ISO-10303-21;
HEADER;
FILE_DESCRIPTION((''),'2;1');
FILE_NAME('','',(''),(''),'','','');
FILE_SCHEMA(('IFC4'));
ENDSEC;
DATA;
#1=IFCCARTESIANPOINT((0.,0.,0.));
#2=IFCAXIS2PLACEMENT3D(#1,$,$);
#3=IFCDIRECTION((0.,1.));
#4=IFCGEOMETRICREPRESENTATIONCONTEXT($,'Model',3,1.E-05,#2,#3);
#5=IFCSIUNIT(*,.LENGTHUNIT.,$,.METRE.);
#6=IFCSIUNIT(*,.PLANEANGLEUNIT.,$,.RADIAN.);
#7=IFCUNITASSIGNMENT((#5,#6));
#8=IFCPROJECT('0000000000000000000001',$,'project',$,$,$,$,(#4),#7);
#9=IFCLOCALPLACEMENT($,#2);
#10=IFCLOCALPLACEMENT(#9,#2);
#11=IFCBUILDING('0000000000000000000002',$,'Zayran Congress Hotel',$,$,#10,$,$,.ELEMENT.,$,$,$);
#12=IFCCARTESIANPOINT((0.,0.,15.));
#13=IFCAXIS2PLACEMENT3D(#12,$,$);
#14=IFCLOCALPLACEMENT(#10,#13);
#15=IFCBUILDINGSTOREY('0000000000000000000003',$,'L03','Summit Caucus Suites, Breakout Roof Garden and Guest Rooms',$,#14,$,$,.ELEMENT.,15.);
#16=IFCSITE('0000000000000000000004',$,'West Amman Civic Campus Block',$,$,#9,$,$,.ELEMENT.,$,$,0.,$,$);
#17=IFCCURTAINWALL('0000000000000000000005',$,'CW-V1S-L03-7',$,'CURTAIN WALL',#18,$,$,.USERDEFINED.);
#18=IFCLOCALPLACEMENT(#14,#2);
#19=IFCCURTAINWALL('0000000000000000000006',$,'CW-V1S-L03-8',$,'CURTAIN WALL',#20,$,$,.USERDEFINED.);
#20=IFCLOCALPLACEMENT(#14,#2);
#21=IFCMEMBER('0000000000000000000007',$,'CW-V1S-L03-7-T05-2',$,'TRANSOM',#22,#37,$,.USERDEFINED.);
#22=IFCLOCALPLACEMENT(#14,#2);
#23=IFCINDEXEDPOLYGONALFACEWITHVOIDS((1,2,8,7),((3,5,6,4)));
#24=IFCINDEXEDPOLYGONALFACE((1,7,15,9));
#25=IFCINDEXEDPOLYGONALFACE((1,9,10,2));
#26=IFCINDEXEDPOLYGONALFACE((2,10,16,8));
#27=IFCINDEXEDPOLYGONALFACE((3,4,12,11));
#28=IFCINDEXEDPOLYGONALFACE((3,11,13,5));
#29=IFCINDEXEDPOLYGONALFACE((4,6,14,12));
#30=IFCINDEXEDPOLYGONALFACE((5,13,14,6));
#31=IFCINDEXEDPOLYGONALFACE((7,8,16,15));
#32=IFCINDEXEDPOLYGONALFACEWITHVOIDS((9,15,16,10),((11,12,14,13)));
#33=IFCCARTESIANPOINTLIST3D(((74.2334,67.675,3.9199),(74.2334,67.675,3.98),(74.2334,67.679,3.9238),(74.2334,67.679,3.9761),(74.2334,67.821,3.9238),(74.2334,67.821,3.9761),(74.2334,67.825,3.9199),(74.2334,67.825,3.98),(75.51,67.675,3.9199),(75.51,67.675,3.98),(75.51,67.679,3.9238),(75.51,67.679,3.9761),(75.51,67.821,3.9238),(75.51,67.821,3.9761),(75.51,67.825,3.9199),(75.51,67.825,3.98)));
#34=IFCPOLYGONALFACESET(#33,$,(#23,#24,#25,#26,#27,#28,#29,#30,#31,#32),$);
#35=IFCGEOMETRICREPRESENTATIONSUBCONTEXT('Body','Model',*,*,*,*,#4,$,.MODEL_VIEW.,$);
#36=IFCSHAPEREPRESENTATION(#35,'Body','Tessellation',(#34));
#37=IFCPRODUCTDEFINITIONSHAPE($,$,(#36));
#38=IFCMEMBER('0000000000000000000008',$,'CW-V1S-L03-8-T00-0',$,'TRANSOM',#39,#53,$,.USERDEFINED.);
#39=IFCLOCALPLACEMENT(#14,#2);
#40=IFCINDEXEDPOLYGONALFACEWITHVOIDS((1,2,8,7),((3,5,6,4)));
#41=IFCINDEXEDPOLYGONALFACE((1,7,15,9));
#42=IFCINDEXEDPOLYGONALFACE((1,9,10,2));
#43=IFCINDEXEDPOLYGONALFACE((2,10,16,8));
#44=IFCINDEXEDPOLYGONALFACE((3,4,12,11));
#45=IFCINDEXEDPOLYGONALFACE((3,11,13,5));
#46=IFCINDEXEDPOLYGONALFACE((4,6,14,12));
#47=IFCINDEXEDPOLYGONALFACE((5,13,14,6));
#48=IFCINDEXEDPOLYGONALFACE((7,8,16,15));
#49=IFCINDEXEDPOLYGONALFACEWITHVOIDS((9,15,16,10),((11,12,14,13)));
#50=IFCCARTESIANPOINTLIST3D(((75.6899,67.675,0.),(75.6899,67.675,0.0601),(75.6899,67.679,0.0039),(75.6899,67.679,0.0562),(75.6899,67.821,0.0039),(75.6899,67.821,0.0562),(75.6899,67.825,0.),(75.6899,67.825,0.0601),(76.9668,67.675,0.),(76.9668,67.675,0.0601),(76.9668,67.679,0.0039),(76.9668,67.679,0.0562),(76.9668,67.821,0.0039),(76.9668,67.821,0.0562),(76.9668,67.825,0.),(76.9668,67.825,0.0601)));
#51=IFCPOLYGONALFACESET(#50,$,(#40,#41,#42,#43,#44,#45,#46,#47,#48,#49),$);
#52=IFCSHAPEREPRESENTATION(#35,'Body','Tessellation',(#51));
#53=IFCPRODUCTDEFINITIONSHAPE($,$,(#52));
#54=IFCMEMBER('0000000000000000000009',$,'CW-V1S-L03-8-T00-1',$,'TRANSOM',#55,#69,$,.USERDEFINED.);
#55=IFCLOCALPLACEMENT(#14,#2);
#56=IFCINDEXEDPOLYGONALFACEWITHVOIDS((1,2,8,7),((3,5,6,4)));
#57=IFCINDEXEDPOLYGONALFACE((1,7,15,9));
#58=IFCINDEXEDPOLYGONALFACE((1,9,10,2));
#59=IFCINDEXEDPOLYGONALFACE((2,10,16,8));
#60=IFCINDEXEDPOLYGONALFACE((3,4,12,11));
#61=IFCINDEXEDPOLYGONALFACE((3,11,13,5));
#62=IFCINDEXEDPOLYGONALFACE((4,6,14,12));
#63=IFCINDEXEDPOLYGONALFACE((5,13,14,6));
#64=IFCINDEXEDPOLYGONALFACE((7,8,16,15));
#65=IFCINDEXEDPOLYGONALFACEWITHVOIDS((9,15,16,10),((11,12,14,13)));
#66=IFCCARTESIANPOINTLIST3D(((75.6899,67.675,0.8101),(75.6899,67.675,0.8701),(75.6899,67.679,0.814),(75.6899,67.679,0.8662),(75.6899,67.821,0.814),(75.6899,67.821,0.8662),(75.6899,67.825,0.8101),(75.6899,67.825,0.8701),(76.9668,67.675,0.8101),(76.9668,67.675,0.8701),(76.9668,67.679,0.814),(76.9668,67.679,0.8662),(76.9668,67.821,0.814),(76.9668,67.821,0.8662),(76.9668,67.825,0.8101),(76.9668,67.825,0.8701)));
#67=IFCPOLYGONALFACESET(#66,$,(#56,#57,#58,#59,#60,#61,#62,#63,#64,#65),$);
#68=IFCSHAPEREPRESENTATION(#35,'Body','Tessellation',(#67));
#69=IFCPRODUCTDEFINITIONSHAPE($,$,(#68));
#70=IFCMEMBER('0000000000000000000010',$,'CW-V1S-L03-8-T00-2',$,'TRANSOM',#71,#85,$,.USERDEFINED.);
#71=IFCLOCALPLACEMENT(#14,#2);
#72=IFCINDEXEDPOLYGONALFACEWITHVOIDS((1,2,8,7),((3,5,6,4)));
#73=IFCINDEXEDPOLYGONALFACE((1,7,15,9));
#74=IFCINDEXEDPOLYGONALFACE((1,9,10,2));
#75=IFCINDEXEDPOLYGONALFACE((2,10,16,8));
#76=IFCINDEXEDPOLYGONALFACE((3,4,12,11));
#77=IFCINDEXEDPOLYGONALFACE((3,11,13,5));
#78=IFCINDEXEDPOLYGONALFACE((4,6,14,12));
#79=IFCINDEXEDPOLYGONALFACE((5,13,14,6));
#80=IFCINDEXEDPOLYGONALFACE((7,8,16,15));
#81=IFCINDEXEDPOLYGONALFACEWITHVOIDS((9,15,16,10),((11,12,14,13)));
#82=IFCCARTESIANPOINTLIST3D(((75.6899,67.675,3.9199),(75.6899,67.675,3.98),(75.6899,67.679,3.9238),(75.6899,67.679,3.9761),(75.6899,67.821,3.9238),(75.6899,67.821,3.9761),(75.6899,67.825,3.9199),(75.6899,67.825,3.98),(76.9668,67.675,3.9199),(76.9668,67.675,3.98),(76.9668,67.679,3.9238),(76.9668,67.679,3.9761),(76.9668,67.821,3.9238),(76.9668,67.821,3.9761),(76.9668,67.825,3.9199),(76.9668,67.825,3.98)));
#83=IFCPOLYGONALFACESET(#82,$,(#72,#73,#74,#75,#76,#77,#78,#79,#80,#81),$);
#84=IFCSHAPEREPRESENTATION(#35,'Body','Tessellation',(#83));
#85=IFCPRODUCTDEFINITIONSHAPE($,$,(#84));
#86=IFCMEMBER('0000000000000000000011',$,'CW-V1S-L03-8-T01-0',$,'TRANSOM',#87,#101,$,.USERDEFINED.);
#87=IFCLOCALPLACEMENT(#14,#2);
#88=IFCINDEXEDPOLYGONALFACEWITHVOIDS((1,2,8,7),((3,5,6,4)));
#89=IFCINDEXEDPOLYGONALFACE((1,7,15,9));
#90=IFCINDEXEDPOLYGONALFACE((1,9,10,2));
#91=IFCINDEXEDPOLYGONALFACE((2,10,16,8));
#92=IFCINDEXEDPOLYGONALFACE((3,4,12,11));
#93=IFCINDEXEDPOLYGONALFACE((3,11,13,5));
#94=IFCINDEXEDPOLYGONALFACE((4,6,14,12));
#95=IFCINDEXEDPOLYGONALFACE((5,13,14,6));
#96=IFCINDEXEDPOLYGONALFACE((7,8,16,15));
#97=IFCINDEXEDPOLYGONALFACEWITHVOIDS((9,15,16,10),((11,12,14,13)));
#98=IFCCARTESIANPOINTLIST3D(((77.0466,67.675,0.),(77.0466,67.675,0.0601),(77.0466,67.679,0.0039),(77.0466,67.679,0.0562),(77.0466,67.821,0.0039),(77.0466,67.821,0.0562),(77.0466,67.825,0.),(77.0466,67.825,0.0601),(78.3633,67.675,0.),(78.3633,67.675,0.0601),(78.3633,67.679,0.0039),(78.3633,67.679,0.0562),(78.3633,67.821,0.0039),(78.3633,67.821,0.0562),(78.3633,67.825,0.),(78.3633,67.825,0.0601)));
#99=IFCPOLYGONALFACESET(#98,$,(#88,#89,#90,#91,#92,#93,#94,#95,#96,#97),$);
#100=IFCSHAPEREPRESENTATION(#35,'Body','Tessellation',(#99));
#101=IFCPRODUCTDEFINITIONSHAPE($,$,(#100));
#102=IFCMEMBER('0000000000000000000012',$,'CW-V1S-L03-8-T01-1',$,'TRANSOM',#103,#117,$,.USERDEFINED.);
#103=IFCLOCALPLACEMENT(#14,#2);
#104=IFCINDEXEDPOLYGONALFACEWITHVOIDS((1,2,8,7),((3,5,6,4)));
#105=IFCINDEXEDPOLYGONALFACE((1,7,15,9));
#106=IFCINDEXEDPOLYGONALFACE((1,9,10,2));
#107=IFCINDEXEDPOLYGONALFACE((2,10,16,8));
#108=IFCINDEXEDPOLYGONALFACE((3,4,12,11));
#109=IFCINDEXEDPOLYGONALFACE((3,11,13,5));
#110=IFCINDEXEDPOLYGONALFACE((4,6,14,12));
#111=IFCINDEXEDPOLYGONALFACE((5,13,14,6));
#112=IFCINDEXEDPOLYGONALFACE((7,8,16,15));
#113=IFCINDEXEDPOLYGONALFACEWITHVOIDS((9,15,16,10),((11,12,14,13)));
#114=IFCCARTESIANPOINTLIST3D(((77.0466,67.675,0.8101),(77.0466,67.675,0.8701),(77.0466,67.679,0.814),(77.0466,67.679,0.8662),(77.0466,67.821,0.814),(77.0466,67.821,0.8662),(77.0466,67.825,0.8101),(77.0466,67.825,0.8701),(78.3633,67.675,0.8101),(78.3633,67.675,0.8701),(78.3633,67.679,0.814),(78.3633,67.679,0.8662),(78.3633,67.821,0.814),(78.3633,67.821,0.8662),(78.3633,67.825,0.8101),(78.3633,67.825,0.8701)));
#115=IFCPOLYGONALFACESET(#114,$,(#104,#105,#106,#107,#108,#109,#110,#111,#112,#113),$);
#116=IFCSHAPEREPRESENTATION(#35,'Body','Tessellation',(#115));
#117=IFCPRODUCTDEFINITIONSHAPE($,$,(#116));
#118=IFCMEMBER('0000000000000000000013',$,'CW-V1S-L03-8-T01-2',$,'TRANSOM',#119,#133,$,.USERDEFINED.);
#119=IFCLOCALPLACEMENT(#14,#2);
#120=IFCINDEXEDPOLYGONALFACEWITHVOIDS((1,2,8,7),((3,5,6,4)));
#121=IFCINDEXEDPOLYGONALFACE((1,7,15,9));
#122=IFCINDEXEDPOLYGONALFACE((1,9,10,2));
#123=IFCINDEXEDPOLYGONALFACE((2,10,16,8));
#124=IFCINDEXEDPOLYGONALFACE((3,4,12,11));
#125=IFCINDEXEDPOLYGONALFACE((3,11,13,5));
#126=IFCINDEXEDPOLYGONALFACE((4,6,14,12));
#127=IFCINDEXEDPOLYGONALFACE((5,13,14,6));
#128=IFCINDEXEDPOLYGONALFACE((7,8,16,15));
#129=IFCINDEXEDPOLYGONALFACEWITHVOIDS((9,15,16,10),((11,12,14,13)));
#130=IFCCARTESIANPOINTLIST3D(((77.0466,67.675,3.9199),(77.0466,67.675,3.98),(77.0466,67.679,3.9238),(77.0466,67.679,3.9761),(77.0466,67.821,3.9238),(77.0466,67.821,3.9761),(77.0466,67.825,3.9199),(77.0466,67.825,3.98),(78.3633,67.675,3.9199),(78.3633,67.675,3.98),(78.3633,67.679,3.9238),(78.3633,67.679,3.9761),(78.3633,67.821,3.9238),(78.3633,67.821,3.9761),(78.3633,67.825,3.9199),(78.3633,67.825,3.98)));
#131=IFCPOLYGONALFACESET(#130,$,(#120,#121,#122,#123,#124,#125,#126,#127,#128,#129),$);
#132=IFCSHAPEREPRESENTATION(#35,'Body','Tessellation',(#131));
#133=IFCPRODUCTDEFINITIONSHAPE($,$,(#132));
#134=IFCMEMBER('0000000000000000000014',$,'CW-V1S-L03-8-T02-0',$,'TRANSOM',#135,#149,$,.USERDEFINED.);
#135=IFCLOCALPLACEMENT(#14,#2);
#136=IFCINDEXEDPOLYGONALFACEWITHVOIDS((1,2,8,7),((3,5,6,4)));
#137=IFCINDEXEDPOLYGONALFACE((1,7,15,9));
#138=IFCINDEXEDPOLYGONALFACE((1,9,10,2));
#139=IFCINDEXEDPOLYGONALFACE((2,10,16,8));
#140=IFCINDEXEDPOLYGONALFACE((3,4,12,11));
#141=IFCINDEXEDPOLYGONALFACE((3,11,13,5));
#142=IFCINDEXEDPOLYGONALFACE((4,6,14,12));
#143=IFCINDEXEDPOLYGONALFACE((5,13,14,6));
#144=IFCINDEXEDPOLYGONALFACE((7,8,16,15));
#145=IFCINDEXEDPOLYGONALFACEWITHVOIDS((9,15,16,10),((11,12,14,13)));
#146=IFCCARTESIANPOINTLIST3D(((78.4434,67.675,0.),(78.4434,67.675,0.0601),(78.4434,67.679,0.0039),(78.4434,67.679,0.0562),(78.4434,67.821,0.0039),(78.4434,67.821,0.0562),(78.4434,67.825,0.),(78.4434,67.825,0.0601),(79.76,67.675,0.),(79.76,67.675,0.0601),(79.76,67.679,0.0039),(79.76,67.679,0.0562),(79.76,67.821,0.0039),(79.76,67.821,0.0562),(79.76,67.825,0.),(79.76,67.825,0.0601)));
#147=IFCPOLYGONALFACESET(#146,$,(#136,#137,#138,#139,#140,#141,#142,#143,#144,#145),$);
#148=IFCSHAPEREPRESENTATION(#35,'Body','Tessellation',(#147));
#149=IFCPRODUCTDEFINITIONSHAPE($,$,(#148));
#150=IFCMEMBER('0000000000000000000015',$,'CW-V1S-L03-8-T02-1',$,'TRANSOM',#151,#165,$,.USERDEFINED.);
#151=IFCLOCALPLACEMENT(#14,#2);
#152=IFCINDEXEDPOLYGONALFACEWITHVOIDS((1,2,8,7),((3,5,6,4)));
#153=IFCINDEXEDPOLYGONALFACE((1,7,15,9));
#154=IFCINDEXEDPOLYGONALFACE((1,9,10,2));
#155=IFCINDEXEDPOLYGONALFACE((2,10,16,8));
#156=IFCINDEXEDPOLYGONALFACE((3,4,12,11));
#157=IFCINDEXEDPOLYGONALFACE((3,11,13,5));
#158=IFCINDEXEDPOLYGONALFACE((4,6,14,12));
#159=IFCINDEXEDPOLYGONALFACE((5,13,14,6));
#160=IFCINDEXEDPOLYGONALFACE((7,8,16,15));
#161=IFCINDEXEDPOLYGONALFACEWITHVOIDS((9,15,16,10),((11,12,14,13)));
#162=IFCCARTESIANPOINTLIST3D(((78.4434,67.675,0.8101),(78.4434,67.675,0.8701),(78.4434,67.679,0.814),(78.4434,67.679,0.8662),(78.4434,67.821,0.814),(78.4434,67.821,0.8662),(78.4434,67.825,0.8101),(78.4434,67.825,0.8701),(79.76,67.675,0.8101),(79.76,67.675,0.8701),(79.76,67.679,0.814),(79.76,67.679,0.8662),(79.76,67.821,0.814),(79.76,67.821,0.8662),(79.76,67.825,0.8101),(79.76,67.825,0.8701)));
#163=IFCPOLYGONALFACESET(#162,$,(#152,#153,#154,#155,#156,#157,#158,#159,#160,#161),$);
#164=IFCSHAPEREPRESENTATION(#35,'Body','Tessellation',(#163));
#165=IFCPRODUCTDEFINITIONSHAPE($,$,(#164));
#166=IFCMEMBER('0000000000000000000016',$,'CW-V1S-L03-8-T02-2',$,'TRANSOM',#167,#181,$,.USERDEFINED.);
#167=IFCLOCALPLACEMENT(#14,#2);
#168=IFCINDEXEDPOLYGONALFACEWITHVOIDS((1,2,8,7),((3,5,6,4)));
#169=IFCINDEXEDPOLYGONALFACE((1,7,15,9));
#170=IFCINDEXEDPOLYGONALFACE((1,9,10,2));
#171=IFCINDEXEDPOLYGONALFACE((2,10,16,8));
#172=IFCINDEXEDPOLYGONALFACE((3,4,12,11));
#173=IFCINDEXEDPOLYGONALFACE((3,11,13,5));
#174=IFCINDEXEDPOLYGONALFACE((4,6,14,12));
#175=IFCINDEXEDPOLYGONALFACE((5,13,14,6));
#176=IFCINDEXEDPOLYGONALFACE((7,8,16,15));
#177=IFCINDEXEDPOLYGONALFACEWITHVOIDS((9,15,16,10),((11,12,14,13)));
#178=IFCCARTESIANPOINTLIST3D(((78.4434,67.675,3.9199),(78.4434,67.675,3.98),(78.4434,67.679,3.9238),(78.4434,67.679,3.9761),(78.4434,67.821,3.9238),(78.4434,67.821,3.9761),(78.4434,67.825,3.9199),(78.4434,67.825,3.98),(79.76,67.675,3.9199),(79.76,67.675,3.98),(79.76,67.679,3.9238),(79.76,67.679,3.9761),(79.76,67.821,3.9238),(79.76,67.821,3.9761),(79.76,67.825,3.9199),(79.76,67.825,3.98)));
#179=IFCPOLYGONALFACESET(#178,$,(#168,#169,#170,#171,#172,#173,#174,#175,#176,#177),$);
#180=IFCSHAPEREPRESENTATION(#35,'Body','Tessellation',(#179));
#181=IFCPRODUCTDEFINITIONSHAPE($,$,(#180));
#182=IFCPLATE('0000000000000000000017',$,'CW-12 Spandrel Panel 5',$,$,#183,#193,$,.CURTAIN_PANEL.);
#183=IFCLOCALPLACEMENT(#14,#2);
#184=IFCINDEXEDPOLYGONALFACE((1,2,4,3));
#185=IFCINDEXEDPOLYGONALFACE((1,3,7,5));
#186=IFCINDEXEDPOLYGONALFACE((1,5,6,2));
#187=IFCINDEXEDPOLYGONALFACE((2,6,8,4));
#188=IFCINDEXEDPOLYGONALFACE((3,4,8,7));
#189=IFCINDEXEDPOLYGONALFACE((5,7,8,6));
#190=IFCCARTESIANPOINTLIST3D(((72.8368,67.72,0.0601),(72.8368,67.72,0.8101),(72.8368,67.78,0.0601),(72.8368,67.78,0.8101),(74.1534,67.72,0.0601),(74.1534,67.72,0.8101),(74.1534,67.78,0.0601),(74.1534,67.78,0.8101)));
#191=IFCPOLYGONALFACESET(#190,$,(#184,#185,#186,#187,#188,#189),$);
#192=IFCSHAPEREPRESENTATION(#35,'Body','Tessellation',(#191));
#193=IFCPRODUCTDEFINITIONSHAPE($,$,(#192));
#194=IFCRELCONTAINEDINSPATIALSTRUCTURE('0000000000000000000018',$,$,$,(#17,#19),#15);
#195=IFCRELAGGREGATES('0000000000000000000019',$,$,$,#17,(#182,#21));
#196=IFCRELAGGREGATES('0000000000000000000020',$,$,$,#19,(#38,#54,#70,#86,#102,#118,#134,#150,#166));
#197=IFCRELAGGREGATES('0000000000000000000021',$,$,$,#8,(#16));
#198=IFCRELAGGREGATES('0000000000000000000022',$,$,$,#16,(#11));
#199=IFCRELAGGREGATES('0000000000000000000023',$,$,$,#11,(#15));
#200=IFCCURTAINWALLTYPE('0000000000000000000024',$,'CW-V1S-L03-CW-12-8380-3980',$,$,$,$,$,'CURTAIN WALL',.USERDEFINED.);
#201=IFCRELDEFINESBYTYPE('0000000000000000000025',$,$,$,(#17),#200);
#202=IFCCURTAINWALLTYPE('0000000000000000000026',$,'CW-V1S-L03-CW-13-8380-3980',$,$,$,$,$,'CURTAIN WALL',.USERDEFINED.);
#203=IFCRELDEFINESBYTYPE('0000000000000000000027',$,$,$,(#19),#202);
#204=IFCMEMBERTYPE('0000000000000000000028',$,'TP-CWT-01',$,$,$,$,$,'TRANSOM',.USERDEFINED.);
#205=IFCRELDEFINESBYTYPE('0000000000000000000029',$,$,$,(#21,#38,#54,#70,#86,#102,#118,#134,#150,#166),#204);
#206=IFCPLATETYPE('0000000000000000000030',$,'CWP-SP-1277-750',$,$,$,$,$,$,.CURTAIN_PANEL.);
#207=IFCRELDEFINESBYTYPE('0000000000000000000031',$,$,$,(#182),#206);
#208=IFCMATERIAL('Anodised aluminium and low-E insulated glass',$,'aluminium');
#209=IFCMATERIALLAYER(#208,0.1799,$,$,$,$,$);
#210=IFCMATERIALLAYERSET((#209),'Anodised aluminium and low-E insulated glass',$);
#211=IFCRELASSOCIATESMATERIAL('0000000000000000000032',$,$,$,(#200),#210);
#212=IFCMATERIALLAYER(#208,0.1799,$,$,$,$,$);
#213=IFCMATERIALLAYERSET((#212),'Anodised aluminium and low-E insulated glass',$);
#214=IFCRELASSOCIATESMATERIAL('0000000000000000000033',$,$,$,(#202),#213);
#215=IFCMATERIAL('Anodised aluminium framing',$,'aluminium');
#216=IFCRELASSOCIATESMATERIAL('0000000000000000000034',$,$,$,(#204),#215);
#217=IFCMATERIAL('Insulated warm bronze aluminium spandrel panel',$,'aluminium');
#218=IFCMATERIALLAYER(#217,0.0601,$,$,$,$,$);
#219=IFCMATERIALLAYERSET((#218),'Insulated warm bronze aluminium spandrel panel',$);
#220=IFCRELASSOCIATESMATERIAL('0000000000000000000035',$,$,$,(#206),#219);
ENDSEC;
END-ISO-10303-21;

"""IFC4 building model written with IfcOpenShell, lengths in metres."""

from ifc_helpers import new_model, si_unit, direction, frame, origin, origin_2d, place, context, subcontext, project, spatial, rectangle, hollow_rectangle, extrude, material, layer, layer_set, material_profile, profile_set, type_object, element, aggregate, save


model = new_model("IFC4")

# Units and contexts
model_context = context("Model", 3, precision=1e-05, world=origin(), true_north=direction((0.0, 1.0)))
body_context = subcontext(model_context, "Body", "Model", "MODEL_VIEW")
ifc_project = project(units=[si_unit("LENGTHUNIT", "METRE"), si_unit("PLANEANGLEUNIT", "RADIAN")], contexts=[model_context])

# Site, building, storey
site_placement = place(None, origin())
site = spatial("IfcSite", under=ifc_project, at=site_placement, Name="West Amman Civic Campus Block", CompositionType="ELEMENT", RefElevation=0.0)
building_placement = place(site_placement, origin())
building = spatial("IfcBuilding", under=site, at=building_placement, Name="Zayran Congress Hotel", CompositionType="ELEMENT")
storey_placement = place(building_placement, frame((0.0, 0.0, 15.0)))
storey = spatial("IfcBuildingStorey", under=building, at=storey_placement, Name="L03", Description="Summit Caucus Suites, Breakout Roof Garden and Guest Rooms", CompositionType="ELEMENT", Elevation=15.0)

# Curtain walls
ifc_material_1 = material(Name="Anodised aluminium and low-E insulated glass", Category="aluminium")
ifc_layer_1 = layer(ifc_material_1, 0.1799)
ifc_layer_set_1 = layer_set([ifc_layer_1], Name="Anodised aluminium and low-E insulated glass")
curtain_wall_type_1 = type_object("IfcCurtainWallType", Name="CW-V1S-L03-CW-12-8380-3980", ElementType="CURTAIN WALL", PredefinedType="USERDEFINED", material=ifc_layer_set_1)
curtain_wall_1_placement = place(storey_placement, origin())
curtain_wall_1 = element("IfcCurtainWall", 1, at=curtain_wall_1_placement, inside=storey, type_object=curtain_wall_type_1, Name="CW-V1S-L03-7", ObjectType="CURTAIN WALL", PredefinedType="USERDEFINED")
ifc_material_2 = material(Name="Anodised aluminium framing", Category="aluminium")
ifc_layer_2 = layer(ifc_material_1, 0.1799)
ifc_layer_set_2 = layer_set([ifc_layer_2], Name="Anodised aluminium and low-E insulated glass")
curtain_wall_type_2 = type_object("IfcCurtainWallType", Name="CW-V1S-L03-CW-13-8380-3980", ElementType="CURTAIN WALL", PredefinedType="USERDEFINED", material=ifc_layer_set_2)
curtain_wall_2_placement = place(storey_placement, origin())
curtain_wall_2 = element("IfcCurtainWall", 2, at=curtain_wall_2_placement, inside=storey, type_object=curtain_wall_type_2, Name="CW-V1S-L03-8", ObjectType="CURTAIN WALL", PredefinedType="USERDEFINED")

# Members
ifc_material_profile_1 = material_profile(ifc_material_2, hollow_rectangle(XDim=0.0601, YDim=0.1499, WallThickness=0.0039, at=origin_2d()), Name="RHS 150x60x4")
ifc_profile_set_1 = profile_set([ifc_material_profile_1], Name="Anodised aluminium framing")
member_type_1 = type_object("IfcMemberType", Name="TP-CWT-01", ElementType="TRANSOM", PredefinedType="USERDEFINED", material=ifc_profile_set_1)
member_1_placement = place(storey_placement, frame((74.2334, 67.75, 3.95), z_axis=(1.0, 0.0, 0.0), x_axis=(0.0, 0.0, 1.0)))
member_1 = element("IfcMember", 3, at=member_1_placement, type_object=member_type_1, Name="CW-V1S-L03-7-T05-2", ObjectType="TRANSOM", PredefinedType="USERDEFINED", context=body_context, shape_type="SweptSolid", body=[
    extrude(hollow_rectangle(XDim=0.0601, YDim=0.1499, WallThickness=0.0039, at=origin_2d()), origin(), (0.0, 0.0, 1.0), 1.2766),
])
member_2_placement = place(storey_placement, frame((75.6899, 67.75, 0.03), z_axis=(1.0, 0.0, 0.0), x_axis=(0.0, 0.0, 1.0)))
member_2 = element("IfcMember", 4, at=member_2_placement, type_object=member_type_1, Name="CW-V1S-L03-8-T00-0", ObjectType="TRANSOM", PredefinedType="USERDEFINED", context=body_context, shape_type="SweptSolid", body=[
    extrude(hollow_rectangle(XDim=0.0601, YDim=0.1499, WallThickness=0.0039, at=origin_2d()), origin(), (0.0, 0.0, 1.0), 1.2769),
])
member_3_placement = place(storey_placement, frame((75.6899, 67.75, 0.8401), z_axis=(1.0, 0.0, 0.0), x_axis=(0.0, 0.0, 1.0)))
member_3 = element("IfcMember", 5, at=member_3_placement, type_object=member_type_1, Name="CW-V1S-L03-8-T00-1", ObjectType="TRANSOM", PredefinedType="USERDEFINED", context=body_context, shape_type="SweptSolid", body=[
    extrude(hollow_rectangle(XDim=0.0601, YDim=0.1499, WallThickness=0.0039, at=origin_2d()), origin(), (0.0, 0.0, 1.0), 1.2769),
])
member_4_placement = place(storey_placement, frame((75.6899, 67.75, 3.95), z_axis=(1.0, 0.0, 0.0), x_axis=(0.0, 0.0, 1.0)))
member_4 = element("IfcMember", 6, at=member_4_placement, type_object=member_type_1, Name="CW-V1S-L03-8-T00-2", ObjectType="TRANSOM", PredefinedType="USERDEFINED", context=body_context, shape_type="SweptSolid", body=[
    extrude(hollow_rectangle(XDim=0.0601, YDim=0.1499, WallThickness=0.0039, at=origin_2d()), origin(), (0.0, 0.0, 1.0), 1.2769),
])
member_5_placement = place(storey_placement, frame((77.0466, 67.75, 0.03), z_axis=(1.0, 0.0, 0.0), x_axis=(0.0, 0.0, 1.0)))
member_5 = element("IfcMember", 7, at=member_5_placement, type_object=member_type_1, Name="CW-V1S-L03-8-T01-0", ObjectType="TRANSOM", PredefinedType="USERDEFINED", context=body_context, shape_type="SweptSolid", body=[
    extrude(hollow_rectangle(XDim=0.0601, YDim=0.1499, WallThickness=0.0039, at=origin_2d()), origin(), (0.0, 0.0, 1.0), 1.3167),
])
member_6_placement = place(storey_placement, frame((77.0466, 67.75, 0.8401), z_axis=(1.0, 0.0, 0.0), x_axis=(0.0, 0.0, 1.0)))
member_6 = element("IfcMember", 8, at=member_6_placement, type_object=member_type_1, Name="CW-V1S-L03-8-T01-1", ObjectType="TRANSOM", PredefinedType="USERDEFINED", context=body_context, shape_type="SweptSolid", body=[
    extrude(hollow_rectangle(XDim=0.0601, YDim=0.1499, WallThickness=0.0039, at=origin_2d()), origin(), (0.0, 0.0, 1.0), 1.3167),
])
member_7_placement = place(storey_placement, frame((77.0466, 67.75, 3.95), z_axis=(1.0, 0.0, 0.0), x_axis=(0.0, 0.0, 1.0)))
member_7 = element("IfcMember", 9, at=member_7_placement, type_object=member_type_1, Name="CW-V1S-L03-8-T01-2", ObjectType="TRANSOM", PredefinedType="USERDEFINED", context=body_context, shape_type="SweptSolid", body=[
    extrude(hollow_rectangle(XDim=0.0601, YDim=0.1499, WallThickness=0.0039, at=origin_2d()), origin(), (0.0, 0.0, 1.0), 1.3167),
])
member_8_placement = place(storey_placement, frame((78.4434, 67.75, 0.03), z_axis=(1.0, 0.0, 0.0), x_axis=(0.0, 0.0, 1.0)))
member_8 = element("IfcMember", 10, at=member_8_placement, type_object=member_type_1, Name="CW-V1S-L03-8-T02-0", ObjectType="TRANSOM", PredefinedType="USERDEFINED", context=body_context, shape_type="SweptSolid", body=[
    extrude(hollow_rectangle(XDim=0.0601, YDim=0.1499, WallThickness=0.0039, at=origin_2d()), origin(), (0.0, 0.0, 1.0), 1.3167),
])
member_9_placement = place(storey_placement, frame((78.4434, 67.75, 0.8401), z_axis=(1.0, 0.0, 0.0), x_axis=(0.0, 0.0, 1.0)))
member_9 = element("IfcMember", 11, at=member_9_placement, type_object=member_type_1, Name="CW-V1S-L03-8-T02-1", ObjectType="TRANSOM", PredefinedType="USERDEFINED", context=body_context, shape_type="SweptSolid", body=[
    extrude(hollow_rectangle(XDim=0.0601, YDim=0.1499, WallThickness=0.0039, at=origin_2d()), origin(), (0.0, 0.0, 1.0), 1.3167),
])
member_10_placement = place(storey_placement, frame((78.4434, 67.75, 3.95), z_axis=(1.0, 0.0, 0.0), x_axis=(0.0, 0.0, 1.0)))
member_10 = element("IfcMember", 12, at=member_10_placement, type_object=member_type_1, Name="CW-V1S-L03-8-T02-2", ObjectType="TRANSOM", PredefinedType="USERDEFINED", context=body_context, shape_type="SweptSolid", body=[
    extrude(hollow_rectangle(XDim=0.0601, YDim=0.1499, WallThickness=0.0039, at=origin_2d()), origin(), (0.0, 0.0, 1.0), 1.3167),
])

# Plate
ifc_material_3 = material(Name="Insulated warm bronze aluminium spandrel panel", Category="aluminium")
ifc_layer_3 = layer(ifc_material_3, 0.0601)
ifc_layer_set_3 = layer_set([ifc_layer_3], Name="Insulated warm bronze aluminium spandrel panel")
plate_type_1 = type_object("IfcPlateType", Name="CWP-SP-1277-750", PredefinedType="CURTAIN_PANEL", material=ifc_layer_set_3)
plate_1_placement = place(storey_placement, frame((73.4951, 67.75, 0.0601), z_axis=(0.0, 0.0, 1.0), x_axis=(1.0, 0.0, 0.0)))
plate_1 = element("IfcPlate", 13, at=plate_1_placement, type_object=plate_type_1, Name="CW-12 Spandrel Panel 5", PredefinedType="CURTAIN_PANEL", context=body_context, shape_type="SweptSolid", body=[
    extrude(rectangle(XDim=1.3167, YDim=0.0601, at=origin_2d()), origin(), (0.0, 0.0, 1.0), 0.75),
])
aggregate(curtain_wall_1, [plate_1, member_1])
aggregate(curtain_wall_2, [member_2, member_3, member_4, member_5, member_6, member_7, member_8, member_9, member_10])

save(model, "model.ifc")
